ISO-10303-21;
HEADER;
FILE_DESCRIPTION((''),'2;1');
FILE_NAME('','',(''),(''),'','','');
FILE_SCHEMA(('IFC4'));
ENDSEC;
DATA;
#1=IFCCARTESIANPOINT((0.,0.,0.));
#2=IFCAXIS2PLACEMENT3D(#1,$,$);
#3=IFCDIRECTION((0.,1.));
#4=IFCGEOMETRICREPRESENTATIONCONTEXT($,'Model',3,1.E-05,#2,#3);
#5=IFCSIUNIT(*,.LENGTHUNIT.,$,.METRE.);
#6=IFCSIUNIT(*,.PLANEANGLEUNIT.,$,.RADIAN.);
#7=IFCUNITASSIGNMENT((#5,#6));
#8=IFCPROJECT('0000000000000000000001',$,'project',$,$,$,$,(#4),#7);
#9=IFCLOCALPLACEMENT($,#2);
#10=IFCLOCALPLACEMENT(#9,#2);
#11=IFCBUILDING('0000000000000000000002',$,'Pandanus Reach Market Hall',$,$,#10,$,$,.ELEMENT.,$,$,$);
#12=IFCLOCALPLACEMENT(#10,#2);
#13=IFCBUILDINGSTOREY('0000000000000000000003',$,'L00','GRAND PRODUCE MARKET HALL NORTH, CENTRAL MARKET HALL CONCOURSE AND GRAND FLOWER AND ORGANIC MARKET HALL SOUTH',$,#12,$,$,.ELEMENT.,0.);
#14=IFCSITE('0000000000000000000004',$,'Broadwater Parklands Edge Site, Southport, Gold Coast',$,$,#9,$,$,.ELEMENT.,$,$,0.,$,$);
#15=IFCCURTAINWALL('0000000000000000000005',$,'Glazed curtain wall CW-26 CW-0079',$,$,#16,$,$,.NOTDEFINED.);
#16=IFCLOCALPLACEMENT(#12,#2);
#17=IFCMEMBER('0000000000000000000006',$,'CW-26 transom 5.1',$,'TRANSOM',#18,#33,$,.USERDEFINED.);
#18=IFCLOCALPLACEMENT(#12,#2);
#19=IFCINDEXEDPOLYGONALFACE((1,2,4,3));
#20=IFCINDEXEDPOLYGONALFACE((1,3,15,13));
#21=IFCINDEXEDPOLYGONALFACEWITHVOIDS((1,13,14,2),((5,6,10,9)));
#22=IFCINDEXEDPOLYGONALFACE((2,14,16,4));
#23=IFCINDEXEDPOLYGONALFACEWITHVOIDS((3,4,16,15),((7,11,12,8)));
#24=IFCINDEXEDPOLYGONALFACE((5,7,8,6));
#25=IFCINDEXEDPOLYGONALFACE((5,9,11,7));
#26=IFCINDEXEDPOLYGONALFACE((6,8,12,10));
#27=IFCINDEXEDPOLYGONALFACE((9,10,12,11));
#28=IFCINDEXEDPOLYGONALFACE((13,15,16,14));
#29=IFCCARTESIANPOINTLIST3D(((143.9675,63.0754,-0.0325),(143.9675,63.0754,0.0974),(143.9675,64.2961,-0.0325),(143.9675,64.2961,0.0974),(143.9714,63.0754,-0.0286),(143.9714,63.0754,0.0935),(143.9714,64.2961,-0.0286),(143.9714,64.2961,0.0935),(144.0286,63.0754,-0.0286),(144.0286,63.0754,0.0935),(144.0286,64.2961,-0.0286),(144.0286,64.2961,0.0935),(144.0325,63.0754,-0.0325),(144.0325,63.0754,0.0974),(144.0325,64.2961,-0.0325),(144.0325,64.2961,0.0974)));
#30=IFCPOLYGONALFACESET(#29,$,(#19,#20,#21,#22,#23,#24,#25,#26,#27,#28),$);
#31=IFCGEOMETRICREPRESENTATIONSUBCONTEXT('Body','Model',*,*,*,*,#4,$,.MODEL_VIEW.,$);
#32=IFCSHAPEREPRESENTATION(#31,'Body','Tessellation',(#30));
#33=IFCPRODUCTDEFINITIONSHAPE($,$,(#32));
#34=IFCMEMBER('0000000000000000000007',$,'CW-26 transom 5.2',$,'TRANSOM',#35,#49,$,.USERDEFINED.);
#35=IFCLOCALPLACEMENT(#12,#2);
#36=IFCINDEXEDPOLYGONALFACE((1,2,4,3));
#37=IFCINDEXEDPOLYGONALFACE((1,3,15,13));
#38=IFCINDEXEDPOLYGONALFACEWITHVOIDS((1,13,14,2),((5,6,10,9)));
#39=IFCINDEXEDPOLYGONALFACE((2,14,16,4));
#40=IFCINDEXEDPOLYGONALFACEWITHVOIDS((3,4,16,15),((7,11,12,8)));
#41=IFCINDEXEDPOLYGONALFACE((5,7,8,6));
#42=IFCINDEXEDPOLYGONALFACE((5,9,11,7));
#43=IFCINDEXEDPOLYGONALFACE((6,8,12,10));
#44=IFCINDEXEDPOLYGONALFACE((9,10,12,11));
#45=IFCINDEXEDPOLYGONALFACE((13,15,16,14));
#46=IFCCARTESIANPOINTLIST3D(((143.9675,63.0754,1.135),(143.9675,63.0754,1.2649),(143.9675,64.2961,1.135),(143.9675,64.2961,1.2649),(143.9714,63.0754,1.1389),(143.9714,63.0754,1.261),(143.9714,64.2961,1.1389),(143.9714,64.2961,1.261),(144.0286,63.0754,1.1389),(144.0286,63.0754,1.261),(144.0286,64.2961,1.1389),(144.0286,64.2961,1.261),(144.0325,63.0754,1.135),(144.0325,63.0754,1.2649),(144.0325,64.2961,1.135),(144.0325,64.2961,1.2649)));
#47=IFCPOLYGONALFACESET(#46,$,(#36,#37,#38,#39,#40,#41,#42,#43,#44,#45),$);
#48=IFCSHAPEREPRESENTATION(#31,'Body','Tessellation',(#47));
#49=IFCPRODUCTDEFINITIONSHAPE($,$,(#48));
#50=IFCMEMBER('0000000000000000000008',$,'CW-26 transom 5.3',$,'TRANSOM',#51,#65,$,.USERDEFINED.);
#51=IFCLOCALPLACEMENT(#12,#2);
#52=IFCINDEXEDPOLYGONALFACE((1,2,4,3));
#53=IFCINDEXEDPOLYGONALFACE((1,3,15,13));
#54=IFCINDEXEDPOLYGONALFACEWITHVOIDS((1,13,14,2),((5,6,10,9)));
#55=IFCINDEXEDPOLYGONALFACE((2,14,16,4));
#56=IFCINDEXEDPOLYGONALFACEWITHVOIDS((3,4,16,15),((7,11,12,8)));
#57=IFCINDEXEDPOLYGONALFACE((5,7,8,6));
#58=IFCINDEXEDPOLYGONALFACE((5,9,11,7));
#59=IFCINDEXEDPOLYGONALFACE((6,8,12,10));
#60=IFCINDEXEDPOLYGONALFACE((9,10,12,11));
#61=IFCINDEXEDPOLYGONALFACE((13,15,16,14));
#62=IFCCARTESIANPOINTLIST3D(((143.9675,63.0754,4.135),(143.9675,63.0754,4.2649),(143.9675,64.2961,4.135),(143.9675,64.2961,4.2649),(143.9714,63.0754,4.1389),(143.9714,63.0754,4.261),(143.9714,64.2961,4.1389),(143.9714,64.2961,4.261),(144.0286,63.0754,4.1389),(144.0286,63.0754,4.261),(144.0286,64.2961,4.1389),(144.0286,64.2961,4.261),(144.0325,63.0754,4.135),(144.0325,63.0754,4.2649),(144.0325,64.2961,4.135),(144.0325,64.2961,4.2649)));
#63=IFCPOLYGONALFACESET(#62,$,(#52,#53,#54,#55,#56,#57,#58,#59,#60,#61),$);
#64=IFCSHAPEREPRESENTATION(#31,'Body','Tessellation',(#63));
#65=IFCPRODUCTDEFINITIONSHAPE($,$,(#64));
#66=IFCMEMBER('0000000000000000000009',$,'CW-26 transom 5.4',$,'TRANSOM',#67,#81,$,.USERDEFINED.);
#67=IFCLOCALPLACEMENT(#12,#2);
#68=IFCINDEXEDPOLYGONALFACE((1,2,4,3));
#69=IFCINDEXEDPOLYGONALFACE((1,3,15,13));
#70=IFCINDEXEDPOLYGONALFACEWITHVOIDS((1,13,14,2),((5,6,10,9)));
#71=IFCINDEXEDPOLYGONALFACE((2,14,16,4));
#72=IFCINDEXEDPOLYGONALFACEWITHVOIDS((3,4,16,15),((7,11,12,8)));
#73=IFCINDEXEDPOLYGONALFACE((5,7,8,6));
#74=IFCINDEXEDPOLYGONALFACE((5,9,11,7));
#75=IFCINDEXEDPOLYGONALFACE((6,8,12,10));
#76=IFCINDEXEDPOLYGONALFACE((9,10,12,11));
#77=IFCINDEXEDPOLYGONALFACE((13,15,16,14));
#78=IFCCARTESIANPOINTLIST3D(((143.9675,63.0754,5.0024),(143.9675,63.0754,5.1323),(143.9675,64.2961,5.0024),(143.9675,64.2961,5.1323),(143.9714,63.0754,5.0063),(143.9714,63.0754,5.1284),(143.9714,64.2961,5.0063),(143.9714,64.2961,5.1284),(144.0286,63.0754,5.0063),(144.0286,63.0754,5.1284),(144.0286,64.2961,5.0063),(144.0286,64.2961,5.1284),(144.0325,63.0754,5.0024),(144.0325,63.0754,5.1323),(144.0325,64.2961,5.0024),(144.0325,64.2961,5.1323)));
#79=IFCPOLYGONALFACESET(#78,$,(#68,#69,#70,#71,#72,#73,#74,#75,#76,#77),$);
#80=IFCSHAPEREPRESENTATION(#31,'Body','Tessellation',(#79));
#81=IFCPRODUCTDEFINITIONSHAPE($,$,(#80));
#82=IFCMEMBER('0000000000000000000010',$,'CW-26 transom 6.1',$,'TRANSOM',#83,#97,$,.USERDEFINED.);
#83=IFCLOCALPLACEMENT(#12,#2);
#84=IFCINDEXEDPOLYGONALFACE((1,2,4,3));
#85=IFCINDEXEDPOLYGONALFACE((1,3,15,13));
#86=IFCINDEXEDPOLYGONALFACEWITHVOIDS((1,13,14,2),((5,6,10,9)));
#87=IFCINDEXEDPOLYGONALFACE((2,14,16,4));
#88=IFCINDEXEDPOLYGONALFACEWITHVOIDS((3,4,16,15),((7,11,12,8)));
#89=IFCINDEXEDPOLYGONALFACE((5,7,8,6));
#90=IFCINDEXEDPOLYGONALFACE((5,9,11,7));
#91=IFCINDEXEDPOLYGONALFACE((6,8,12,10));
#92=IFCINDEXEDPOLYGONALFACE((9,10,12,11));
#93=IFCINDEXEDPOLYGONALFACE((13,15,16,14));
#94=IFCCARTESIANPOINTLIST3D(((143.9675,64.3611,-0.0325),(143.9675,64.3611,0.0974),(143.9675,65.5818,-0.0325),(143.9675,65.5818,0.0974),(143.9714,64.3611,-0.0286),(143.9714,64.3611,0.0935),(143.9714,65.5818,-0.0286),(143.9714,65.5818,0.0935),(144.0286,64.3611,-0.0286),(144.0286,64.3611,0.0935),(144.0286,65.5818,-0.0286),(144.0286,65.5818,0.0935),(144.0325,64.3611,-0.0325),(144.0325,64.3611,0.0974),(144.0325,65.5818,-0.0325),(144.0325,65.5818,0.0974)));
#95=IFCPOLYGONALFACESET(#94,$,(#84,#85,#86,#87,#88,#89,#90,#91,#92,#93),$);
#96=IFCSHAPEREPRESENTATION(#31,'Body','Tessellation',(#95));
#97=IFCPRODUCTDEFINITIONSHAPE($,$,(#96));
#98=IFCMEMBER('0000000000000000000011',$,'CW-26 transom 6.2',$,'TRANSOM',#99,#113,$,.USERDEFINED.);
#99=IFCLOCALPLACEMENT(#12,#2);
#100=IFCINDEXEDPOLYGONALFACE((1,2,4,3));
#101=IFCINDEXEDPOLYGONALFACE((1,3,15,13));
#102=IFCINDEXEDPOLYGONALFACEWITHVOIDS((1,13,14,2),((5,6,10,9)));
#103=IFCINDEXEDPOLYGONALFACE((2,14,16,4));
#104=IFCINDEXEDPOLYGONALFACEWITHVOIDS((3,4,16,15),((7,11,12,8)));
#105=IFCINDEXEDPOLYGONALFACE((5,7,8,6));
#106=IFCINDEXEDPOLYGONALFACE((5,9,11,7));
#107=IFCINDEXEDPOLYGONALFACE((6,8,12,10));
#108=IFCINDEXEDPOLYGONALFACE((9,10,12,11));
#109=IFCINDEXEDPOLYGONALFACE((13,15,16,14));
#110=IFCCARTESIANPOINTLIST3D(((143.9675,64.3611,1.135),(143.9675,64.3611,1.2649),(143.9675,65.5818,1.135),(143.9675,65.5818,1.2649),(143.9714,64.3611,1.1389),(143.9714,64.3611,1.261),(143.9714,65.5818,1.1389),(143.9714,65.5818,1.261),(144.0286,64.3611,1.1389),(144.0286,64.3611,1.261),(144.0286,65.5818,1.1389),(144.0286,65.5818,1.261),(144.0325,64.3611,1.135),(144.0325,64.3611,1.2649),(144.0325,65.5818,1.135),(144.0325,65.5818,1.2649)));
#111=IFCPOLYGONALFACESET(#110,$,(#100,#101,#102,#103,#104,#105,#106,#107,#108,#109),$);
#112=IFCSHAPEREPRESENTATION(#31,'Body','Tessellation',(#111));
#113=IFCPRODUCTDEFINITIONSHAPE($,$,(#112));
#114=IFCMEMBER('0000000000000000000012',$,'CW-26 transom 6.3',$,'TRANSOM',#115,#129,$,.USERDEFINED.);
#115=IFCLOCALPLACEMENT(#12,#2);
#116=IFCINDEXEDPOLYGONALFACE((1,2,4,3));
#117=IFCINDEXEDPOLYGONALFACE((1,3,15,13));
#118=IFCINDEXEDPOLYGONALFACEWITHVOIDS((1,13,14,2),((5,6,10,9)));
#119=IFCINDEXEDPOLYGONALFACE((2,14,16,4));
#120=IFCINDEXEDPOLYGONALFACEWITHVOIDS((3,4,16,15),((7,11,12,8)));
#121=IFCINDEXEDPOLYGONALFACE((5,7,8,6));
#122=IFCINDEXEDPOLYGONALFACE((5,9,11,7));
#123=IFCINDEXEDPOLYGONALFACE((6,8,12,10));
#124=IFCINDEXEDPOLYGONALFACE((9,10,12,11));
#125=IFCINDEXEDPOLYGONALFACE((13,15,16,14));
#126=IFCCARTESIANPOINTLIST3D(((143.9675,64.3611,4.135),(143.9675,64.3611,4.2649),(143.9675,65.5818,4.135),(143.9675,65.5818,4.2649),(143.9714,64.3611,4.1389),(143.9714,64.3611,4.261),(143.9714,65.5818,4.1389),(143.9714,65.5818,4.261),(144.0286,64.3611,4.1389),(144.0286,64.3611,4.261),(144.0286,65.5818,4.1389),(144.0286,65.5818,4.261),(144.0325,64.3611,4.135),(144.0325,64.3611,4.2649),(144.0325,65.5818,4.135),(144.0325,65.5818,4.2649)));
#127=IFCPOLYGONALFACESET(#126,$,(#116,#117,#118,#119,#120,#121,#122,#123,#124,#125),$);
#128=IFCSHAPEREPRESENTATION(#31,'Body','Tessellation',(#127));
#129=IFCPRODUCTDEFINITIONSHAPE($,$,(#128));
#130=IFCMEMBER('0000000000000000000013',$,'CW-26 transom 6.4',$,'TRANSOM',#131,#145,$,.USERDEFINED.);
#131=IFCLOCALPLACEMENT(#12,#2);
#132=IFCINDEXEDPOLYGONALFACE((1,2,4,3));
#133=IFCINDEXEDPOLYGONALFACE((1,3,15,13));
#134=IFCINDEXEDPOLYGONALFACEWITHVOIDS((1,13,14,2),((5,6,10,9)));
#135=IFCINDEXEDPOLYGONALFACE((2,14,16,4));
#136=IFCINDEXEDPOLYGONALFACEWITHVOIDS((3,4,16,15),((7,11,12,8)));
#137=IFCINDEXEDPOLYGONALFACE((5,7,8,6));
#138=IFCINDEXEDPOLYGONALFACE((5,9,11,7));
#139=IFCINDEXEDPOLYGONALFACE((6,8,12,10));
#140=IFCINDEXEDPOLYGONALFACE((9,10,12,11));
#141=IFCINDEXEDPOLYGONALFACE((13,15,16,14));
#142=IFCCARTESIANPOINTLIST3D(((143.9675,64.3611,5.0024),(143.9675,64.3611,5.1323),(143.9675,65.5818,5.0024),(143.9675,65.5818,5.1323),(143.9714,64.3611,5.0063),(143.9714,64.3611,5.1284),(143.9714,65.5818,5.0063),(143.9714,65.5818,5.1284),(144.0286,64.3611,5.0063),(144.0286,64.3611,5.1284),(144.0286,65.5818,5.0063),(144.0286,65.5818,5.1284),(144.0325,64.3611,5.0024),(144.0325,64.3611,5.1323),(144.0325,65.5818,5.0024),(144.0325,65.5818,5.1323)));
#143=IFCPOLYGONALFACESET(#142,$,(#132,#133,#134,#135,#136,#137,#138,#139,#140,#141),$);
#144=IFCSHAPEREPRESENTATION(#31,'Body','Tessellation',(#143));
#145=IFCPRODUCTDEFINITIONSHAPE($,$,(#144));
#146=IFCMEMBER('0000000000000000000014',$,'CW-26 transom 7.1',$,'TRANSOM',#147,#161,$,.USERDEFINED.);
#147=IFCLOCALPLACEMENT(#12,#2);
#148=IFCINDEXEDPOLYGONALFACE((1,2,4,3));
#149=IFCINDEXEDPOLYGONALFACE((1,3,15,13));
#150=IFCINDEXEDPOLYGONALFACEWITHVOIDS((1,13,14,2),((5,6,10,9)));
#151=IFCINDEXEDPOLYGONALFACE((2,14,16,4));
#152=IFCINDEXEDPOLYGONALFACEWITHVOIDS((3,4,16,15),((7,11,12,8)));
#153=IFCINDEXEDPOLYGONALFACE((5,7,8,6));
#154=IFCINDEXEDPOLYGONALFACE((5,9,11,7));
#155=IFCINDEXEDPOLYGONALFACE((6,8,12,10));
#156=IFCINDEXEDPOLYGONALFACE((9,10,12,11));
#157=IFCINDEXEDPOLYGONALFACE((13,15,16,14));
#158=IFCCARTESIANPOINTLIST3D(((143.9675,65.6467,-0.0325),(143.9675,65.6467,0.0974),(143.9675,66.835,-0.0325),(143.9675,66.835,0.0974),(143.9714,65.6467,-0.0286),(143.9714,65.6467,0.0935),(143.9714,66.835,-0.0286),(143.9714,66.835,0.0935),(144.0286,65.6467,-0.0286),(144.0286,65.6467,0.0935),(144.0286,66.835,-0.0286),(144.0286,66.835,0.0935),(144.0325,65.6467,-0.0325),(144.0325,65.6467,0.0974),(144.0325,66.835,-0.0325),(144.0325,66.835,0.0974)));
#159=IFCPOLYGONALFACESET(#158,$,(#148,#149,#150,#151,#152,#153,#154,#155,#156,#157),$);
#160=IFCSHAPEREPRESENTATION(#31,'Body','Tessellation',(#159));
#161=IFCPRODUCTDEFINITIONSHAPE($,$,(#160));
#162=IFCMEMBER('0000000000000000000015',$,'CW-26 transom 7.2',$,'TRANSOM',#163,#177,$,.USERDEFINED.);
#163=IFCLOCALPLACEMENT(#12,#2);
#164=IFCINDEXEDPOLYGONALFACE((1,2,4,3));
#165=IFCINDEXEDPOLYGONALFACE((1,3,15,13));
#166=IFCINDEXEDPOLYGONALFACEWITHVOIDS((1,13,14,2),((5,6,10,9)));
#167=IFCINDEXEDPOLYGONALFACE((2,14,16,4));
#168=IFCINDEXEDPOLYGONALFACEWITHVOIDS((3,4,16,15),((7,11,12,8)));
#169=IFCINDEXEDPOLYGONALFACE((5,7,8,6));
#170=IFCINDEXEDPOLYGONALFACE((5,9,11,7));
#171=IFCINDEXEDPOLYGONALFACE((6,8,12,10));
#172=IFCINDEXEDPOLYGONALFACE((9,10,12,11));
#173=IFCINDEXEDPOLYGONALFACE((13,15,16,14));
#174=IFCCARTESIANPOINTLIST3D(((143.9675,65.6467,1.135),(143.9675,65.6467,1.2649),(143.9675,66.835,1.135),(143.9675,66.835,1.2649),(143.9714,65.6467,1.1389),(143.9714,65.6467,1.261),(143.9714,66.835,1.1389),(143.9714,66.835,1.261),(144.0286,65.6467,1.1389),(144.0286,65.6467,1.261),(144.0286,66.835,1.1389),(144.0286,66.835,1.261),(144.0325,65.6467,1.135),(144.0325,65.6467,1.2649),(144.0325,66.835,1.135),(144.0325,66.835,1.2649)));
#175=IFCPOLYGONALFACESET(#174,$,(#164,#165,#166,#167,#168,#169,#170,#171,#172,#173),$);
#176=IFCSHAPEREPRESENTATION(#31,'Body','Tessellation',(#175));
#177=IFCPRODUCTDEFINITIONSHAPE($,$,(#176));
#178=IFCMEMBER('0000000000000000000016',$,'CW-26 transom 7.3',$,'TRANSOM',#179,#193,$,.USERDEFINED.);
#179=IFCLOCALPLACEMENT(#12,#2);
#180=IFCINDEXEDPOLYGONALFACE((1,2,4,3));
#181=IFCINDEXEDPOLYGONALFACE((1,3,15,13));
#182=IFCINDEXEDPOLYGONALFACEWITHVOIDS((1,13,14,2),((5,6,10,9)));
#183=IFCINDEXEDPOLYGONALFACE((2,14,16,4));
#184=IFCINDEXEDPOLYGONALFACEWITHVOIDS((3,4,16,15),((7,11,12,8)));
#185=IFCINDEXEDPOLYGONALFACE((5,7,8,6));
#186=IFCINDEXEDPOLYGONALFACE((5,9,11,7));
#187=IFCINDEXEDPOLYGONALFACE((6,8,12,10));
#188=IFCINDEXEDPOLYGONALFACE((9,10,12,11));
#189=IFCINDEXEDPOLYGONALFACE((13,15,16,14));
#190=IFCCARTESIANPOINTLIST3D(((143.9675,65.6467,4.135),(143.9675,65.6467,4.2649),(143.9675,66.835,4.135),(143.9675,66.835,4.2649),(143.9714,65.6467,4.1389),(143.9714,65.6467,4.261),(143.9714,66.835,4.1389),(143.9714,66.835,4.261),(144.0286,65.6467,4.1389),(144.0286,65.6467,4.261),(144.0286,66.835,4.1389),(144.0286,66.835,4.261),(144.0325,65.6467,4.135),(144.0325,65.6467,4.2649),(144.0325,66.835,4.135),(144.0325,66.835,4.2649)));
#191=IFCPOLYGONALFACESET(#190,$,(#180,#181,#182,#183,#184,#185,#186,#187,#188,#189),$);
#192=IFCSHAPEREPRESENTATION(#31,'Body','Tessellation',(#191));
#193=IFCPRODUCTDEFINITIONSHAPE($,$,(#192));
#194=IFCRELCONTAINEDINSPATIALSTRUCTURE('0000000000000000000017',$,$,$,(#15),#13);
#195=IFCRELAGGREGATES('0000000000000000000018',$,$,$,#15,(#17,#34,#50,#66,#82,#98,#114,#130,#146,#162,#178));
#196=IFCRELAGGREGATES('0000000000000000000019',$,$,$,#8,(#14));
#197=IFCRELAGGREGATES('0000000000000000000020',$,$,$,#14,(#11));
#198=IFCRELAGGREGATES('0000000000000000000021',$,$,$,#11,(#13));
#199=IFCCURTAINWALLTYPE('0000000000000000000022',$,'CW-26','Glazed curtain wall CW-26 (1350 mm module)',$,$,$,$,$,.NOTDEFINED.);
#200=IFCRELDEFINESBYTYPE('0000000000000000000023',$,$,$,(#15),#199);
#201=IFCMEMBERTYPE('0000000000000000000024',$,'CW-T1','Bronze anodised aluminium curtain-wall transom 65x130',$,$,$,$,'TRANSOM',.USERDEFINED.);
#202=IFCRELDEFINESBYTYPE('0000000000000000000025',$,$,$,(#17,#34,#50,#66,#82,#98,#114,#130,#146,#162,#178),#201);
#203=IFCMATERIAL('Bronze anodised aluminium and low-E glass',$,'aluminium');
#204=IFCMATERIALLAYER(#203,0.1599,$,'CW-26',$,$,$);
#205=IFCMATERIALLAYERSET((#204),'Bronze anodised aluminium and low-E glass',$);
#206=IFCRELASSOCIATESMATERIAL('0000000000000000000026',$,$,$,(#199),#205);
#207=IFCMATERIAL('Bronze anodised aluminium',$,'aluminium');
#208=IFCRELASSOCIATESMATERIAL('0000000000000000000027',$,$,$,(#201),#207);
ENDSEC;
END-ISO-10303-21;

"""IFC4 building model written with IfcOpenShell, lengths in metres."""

from ifc_helpers import new_model, si_unit, direction, frame, origin, origin_2d, place, context, subcontext, project, spatial, hollow_rectangle, extrude, material, layer, layer_set, material_profile, profile_set, type_object, element, aggregate, save


model = new_model("IFC4")

# Units and contexts
model_context = context("Model", 3, precision=1e-05, world=origin(), true_north=direction((0.0, 1.0)))
body_context = subcontext(model_context, "Body", "Model", "MODEL_VIEW")
ifc_project = project(units=[si_unit("LENGTHUNIT", "METRE"), si_unit("PLANEANGLEUNIT", "RADIAN")], contexts=[model_context])

# Site, building, storey
site_placement = place(None, origin())
site = spatial("IfcSite", under=ifc_project, at=site_placement, Name="Broadwater Parklands Edge Site, Southport, Gold Coast", CompositionType="ELEMENT", RefElevation=0.0)
building_placement = place(site_placement, origin())
building = spatial("IfcBuilding", under=site, at=building_placement, Name="Pandanus Reach Market Hall", CompositionType="ELEMENT")
storey_placement = place(building_placement, origin())
storey = spatial("IfcBuildingStorey", under=building, at=storey_placement, Name="L00", Description="GRAND PRODUCE MARKET HALL NORTH, CENTRAL MARKET HALL CONCOURSE AND GRAND FLOWER AND ORGANIC MARKET HALL SOUTH", CompositionType="ELEMENT", Elevation=0.0)

# Curtain wall, members
ifc_material_1 = material(Name="Bronze anodised aluminium and low-E glass", Category="aluminium")
ifc_layer_1 = layer(ifc_material_1, 0.1599, Name="CW-26")
ifc_layer_set_1 = layer_set([ifc_layer_1], Name="Bronze anodised aluminium and low-E glass")
curtain_wall_type = type_object("IfcCurtainWallType", Name="CW-26", Description="Glazed curtain wall CW-26 (1350 mm module)", PredefinedType="NOTDEFINED", material=ifc_layer_set_1)
curtain_wall_placement = place(storey_placement, origin())
curtain_wall = element("IfcCurtainWall", 1, at=curtain_wall_placement, inside=storey, type_object=curtain_wall_type, Name="Glazed curtain wall CW-26 CW-0079", PredefinedType="NOTDEFINED")
ifc_material_2 = material(Name="Bronze anodised aluminium", Category="aluminium")
ifc_material_profile_1 = material_profile(ifc_material_2, hollow_rectangle(XDim=0.0649, YDim=0.1299, WallThickness=0.0039, at=origin_2d()), Name="ALU65x130", Category="LoadBearing")
ifc_profile_set_1 = profile_set([ifc_material_profile_1], Name="Bronze anodised aluminium")
member_type_1 = type_object("IfcMemberType", Name="CW-T1", Description="Bronze anodised aluminium curtain-wall transom 65x130", ElementType="TRANSOM", PredefinedType="USERDEFINED", material=ifc_profile_set_1)
member_1_placement = place(storey_placement, frame((144.0, 63.0754, 0.0325), z_axis=(0.0, 1.0, 0.0), x_axis=(-1.0, 0.0, 0.0)))
member_1 = element("IfcMember", 2, at=member_1_placement, type_object=member_type_1, Name="CW-26 transom 5.1", ObjectType="TRANSOM", PredefinedType="USERDEFINED", context=body_context, shape_type="SweptSolid", body=[
    extrude(hollow_rectangle(XDim=0.0649, YDim=0.1299, WallThickness=0.0039, at=origin_2d()), origin(), (0.0, 0.0, 1.0), 1.2207),
])
member_2_placement = place(storey_placement, frame((144.0, 63.0754, 1.2), z_axis=(0.0, 1.0, 0.0), x_axis=(-1.0, 0.0, 0.0)))
member_2 = element("IfcMember", 3, at=member_2_placement, type_object=member_type_1, Name="CW-26 transom 5.2", ObjectType="TRANSOM", PredefinedType="USERDEFINED", context=body_context, shape_type="SweptSolid", body=[
    extrude(hollow_rectangle(XDim=0.0649, YDim=0.1299, WallThickness=0.0039, at=origin_2d()), origin(), (0.0, 0.0, 1.0), 1.2207),
])
member_3_placement = place(storey_placement, frame((144.0, 63.0754, 4.2), z_axis=(0.0, 1.0, 0.0), x_axis=(-1.0, 0.0, 0.0)))
member_3 = element("IfcMember", 4, at=member_3_placement, type_object=member_type_1, Name="CW-26 transom 5.3", ObjectType="TRANSOM", PredefinedType="USERDEFINED", context=body_context, shape_type="SweptSolid", body=[
    extrude(hollow_rectangle(XDim=0.0649, YDim=0.1299, WallThickness=0.0039, at=origin_2d()), origin(), (0.0, 0.0, 1.0), 1.2207),
])
member_4_placement = place(storey_placement, frame((144.0, 63.0754, 5.0674), z_axis=(0.0, 1.0, 0.0), x_axis=(-1.0, 0.0, 0.0)))
member_4 = element("IfcMember", 5, at=member_4_placement, type_object=member_type_1, Name="CW-26 transom 5.4", ObjectType="TRANSOM", PredefinedType="USERDEFINED", context=body_context, shape_type="SweptSolid", body=[
    extrude(hollow_rectangle(XDim=0.0649, YDim=0.1299, WallThickness=0.0039, at=origin_2d()), origin(), (0.0, 0.0, 1.0), 1.2207),
])
member_5_placement = place(storey_placement, frame((144.0, 64.3611, 0.0325), z_axis=(0.0, 1.0, 0.0), x_axis=(-1.0, 0.0, 0.0)))
member_5 = element("IfcMember", 6, at=member_5_placement, type_object=member_type_1, Name="CW-26 transom 6.1", ObjectType="TRANSOM", PredefinedType="USERDEFINED", context=body_context, shape_type="SweptSolid", body=[
    extrude(hollow_rectangle(XDim=0.0649, YDim=0.1299, WallThickness=0.0039, at=origin_2d()), origin(), (0.0, 0.0, 1.0), 1.2207),
])
member_6_placement = place(storey_placement, frame((144.0, 64.3611, 1.2), z_axis=(0.0, 1.0, 0.0), x_axis=(-1.0, 0.0, 0.0)))
member_6 = element("IfcMember", 7, at=member_6_placement, type_object=member_type_1, Name="CW-26 transom 6.2", ObjectType="TRANSOM", PredefinedType="USERDEFINED", context=body_context, shape_type="SweptSolid", body=[
    extrude(hollow_rectangle(XDim=0.0649, YDim=0.1299, WallThickness=0.0039, at=origin_2d()), origin(), (0.0, 0.0, 1.0), 1.2207),
])
member_7_placement = place(storey_placement, frame((144.0, 64.3611, 4.2), z_axis=(0.0, 1.0, 0.0), x_axis=(-1.0, 0.0, 0.0)))
member_7 = element("IfcMember", 8, at=member_7_placement, type_object=member_type_1, Name="CW-26 transom 6.3", ObjectType="TRANSOM", PredefinedType="USERDEFINED", context=body_context, shape_type="SweptSolid", body=[
    extrude(hollow_rectangle(XDim=0.0649, YDim=0.1299, WallThickness=0.0039, at=origin_2d()), origin(), (0.0, 0.0, 1.0), 1.2207),
])
member_8_placement = place(storey_placement, frame((144.0, 64.3611, 5.0674), z_axis=(0.0, 1.0, 0.0), x_axis=(-1.0, 0.0, 0.0)))
member_8 = element("IfcMember", 9, at=member_8_placement, type_object=member_type_1, Name="CW-26 transom 6.4", ObjectType="TRANSOM", PredefinedType="USERDEFINED", context=body_context, shape_type="SweptSolid", body=[
    extrude(hollow_rectangle(XDim=0.0649, YDim=0.1299, WallThickness=0.0039, at=origin_2d()), origin(), (0.0, 0.0, 1.0), 1.2207),
])
member_9_placement = place(storey_placement, frame((144.0, 65.6467, 0.0325), z_axis=(0.0, 1.0, 0.0), x_axis=(-1.0, 0.0, 0.0)))
member_9 = element("IfcMember", 10, at=member_9_placement, type_object=member_type_1, Name="CW-26 transom 7.1", ObjectType="TRANSOM", PredefinedType="USERDEFINED", context=body_context, shape_type="SweptSolid", body=[
    extrude(hollow_rectangle(XDim=0.0649, YDim=0.1299, WallThickness=0.0039, at=origin_2d()), origin(), (0.0, 0.0, 1.0), 1.1882),
])
member_10_placement = place(storey_placement, frame((144.0, 65.6467, 1.2), z_axis=(0.0, 1.0, 0.0), x_axis=(-1.0, 0.0, 0.0)))
member_10 = element("IfcMember", 11, at=member_10_placement, type_object=member_type_1, Name="CW-26 transom 7.2", ObjectType="TRANSOM", PredefinedType="USERDEFINED", context=body_context, shape_type="SweptSolid", body=[
    extrude(hollow_rectangle(XDim=0.0649, YDim=0.1299, WallThickness=0.0039, at=origin_2d()), origin(), (0.0, 0.0, 1.0), 1.1882),
])
member_11_placement = place(storey_placement, frame((144.0, 65.6467, 4.2), z_axis=(0.0, 1.0, 0.0), x_axis=(-1.0, 0.0, 0.0)))
member_11 = element("IfcMember", 12, at=member_11_placement, type_object=member_type_1, Name="CW-26 transom 7.3", ObjectType="TRANSOM", PredefinedType="USERDEFINED", context=body_context, shape_type="SweptSolid", body=[
    extrude(hollow_rectangle(XDim=0.0649, YDim=0.1299, WallThickness=0.0039, at=origin_2d()), origin(), (0.0, 0.0, 1.0), 1.1882),
])
aggregate(curtain_wall, [member_1, member_2, member_3, member_4, member_5, member_6, member_7, member_8, member_9, member_10, member_11])

save(model, "model.ifc")
